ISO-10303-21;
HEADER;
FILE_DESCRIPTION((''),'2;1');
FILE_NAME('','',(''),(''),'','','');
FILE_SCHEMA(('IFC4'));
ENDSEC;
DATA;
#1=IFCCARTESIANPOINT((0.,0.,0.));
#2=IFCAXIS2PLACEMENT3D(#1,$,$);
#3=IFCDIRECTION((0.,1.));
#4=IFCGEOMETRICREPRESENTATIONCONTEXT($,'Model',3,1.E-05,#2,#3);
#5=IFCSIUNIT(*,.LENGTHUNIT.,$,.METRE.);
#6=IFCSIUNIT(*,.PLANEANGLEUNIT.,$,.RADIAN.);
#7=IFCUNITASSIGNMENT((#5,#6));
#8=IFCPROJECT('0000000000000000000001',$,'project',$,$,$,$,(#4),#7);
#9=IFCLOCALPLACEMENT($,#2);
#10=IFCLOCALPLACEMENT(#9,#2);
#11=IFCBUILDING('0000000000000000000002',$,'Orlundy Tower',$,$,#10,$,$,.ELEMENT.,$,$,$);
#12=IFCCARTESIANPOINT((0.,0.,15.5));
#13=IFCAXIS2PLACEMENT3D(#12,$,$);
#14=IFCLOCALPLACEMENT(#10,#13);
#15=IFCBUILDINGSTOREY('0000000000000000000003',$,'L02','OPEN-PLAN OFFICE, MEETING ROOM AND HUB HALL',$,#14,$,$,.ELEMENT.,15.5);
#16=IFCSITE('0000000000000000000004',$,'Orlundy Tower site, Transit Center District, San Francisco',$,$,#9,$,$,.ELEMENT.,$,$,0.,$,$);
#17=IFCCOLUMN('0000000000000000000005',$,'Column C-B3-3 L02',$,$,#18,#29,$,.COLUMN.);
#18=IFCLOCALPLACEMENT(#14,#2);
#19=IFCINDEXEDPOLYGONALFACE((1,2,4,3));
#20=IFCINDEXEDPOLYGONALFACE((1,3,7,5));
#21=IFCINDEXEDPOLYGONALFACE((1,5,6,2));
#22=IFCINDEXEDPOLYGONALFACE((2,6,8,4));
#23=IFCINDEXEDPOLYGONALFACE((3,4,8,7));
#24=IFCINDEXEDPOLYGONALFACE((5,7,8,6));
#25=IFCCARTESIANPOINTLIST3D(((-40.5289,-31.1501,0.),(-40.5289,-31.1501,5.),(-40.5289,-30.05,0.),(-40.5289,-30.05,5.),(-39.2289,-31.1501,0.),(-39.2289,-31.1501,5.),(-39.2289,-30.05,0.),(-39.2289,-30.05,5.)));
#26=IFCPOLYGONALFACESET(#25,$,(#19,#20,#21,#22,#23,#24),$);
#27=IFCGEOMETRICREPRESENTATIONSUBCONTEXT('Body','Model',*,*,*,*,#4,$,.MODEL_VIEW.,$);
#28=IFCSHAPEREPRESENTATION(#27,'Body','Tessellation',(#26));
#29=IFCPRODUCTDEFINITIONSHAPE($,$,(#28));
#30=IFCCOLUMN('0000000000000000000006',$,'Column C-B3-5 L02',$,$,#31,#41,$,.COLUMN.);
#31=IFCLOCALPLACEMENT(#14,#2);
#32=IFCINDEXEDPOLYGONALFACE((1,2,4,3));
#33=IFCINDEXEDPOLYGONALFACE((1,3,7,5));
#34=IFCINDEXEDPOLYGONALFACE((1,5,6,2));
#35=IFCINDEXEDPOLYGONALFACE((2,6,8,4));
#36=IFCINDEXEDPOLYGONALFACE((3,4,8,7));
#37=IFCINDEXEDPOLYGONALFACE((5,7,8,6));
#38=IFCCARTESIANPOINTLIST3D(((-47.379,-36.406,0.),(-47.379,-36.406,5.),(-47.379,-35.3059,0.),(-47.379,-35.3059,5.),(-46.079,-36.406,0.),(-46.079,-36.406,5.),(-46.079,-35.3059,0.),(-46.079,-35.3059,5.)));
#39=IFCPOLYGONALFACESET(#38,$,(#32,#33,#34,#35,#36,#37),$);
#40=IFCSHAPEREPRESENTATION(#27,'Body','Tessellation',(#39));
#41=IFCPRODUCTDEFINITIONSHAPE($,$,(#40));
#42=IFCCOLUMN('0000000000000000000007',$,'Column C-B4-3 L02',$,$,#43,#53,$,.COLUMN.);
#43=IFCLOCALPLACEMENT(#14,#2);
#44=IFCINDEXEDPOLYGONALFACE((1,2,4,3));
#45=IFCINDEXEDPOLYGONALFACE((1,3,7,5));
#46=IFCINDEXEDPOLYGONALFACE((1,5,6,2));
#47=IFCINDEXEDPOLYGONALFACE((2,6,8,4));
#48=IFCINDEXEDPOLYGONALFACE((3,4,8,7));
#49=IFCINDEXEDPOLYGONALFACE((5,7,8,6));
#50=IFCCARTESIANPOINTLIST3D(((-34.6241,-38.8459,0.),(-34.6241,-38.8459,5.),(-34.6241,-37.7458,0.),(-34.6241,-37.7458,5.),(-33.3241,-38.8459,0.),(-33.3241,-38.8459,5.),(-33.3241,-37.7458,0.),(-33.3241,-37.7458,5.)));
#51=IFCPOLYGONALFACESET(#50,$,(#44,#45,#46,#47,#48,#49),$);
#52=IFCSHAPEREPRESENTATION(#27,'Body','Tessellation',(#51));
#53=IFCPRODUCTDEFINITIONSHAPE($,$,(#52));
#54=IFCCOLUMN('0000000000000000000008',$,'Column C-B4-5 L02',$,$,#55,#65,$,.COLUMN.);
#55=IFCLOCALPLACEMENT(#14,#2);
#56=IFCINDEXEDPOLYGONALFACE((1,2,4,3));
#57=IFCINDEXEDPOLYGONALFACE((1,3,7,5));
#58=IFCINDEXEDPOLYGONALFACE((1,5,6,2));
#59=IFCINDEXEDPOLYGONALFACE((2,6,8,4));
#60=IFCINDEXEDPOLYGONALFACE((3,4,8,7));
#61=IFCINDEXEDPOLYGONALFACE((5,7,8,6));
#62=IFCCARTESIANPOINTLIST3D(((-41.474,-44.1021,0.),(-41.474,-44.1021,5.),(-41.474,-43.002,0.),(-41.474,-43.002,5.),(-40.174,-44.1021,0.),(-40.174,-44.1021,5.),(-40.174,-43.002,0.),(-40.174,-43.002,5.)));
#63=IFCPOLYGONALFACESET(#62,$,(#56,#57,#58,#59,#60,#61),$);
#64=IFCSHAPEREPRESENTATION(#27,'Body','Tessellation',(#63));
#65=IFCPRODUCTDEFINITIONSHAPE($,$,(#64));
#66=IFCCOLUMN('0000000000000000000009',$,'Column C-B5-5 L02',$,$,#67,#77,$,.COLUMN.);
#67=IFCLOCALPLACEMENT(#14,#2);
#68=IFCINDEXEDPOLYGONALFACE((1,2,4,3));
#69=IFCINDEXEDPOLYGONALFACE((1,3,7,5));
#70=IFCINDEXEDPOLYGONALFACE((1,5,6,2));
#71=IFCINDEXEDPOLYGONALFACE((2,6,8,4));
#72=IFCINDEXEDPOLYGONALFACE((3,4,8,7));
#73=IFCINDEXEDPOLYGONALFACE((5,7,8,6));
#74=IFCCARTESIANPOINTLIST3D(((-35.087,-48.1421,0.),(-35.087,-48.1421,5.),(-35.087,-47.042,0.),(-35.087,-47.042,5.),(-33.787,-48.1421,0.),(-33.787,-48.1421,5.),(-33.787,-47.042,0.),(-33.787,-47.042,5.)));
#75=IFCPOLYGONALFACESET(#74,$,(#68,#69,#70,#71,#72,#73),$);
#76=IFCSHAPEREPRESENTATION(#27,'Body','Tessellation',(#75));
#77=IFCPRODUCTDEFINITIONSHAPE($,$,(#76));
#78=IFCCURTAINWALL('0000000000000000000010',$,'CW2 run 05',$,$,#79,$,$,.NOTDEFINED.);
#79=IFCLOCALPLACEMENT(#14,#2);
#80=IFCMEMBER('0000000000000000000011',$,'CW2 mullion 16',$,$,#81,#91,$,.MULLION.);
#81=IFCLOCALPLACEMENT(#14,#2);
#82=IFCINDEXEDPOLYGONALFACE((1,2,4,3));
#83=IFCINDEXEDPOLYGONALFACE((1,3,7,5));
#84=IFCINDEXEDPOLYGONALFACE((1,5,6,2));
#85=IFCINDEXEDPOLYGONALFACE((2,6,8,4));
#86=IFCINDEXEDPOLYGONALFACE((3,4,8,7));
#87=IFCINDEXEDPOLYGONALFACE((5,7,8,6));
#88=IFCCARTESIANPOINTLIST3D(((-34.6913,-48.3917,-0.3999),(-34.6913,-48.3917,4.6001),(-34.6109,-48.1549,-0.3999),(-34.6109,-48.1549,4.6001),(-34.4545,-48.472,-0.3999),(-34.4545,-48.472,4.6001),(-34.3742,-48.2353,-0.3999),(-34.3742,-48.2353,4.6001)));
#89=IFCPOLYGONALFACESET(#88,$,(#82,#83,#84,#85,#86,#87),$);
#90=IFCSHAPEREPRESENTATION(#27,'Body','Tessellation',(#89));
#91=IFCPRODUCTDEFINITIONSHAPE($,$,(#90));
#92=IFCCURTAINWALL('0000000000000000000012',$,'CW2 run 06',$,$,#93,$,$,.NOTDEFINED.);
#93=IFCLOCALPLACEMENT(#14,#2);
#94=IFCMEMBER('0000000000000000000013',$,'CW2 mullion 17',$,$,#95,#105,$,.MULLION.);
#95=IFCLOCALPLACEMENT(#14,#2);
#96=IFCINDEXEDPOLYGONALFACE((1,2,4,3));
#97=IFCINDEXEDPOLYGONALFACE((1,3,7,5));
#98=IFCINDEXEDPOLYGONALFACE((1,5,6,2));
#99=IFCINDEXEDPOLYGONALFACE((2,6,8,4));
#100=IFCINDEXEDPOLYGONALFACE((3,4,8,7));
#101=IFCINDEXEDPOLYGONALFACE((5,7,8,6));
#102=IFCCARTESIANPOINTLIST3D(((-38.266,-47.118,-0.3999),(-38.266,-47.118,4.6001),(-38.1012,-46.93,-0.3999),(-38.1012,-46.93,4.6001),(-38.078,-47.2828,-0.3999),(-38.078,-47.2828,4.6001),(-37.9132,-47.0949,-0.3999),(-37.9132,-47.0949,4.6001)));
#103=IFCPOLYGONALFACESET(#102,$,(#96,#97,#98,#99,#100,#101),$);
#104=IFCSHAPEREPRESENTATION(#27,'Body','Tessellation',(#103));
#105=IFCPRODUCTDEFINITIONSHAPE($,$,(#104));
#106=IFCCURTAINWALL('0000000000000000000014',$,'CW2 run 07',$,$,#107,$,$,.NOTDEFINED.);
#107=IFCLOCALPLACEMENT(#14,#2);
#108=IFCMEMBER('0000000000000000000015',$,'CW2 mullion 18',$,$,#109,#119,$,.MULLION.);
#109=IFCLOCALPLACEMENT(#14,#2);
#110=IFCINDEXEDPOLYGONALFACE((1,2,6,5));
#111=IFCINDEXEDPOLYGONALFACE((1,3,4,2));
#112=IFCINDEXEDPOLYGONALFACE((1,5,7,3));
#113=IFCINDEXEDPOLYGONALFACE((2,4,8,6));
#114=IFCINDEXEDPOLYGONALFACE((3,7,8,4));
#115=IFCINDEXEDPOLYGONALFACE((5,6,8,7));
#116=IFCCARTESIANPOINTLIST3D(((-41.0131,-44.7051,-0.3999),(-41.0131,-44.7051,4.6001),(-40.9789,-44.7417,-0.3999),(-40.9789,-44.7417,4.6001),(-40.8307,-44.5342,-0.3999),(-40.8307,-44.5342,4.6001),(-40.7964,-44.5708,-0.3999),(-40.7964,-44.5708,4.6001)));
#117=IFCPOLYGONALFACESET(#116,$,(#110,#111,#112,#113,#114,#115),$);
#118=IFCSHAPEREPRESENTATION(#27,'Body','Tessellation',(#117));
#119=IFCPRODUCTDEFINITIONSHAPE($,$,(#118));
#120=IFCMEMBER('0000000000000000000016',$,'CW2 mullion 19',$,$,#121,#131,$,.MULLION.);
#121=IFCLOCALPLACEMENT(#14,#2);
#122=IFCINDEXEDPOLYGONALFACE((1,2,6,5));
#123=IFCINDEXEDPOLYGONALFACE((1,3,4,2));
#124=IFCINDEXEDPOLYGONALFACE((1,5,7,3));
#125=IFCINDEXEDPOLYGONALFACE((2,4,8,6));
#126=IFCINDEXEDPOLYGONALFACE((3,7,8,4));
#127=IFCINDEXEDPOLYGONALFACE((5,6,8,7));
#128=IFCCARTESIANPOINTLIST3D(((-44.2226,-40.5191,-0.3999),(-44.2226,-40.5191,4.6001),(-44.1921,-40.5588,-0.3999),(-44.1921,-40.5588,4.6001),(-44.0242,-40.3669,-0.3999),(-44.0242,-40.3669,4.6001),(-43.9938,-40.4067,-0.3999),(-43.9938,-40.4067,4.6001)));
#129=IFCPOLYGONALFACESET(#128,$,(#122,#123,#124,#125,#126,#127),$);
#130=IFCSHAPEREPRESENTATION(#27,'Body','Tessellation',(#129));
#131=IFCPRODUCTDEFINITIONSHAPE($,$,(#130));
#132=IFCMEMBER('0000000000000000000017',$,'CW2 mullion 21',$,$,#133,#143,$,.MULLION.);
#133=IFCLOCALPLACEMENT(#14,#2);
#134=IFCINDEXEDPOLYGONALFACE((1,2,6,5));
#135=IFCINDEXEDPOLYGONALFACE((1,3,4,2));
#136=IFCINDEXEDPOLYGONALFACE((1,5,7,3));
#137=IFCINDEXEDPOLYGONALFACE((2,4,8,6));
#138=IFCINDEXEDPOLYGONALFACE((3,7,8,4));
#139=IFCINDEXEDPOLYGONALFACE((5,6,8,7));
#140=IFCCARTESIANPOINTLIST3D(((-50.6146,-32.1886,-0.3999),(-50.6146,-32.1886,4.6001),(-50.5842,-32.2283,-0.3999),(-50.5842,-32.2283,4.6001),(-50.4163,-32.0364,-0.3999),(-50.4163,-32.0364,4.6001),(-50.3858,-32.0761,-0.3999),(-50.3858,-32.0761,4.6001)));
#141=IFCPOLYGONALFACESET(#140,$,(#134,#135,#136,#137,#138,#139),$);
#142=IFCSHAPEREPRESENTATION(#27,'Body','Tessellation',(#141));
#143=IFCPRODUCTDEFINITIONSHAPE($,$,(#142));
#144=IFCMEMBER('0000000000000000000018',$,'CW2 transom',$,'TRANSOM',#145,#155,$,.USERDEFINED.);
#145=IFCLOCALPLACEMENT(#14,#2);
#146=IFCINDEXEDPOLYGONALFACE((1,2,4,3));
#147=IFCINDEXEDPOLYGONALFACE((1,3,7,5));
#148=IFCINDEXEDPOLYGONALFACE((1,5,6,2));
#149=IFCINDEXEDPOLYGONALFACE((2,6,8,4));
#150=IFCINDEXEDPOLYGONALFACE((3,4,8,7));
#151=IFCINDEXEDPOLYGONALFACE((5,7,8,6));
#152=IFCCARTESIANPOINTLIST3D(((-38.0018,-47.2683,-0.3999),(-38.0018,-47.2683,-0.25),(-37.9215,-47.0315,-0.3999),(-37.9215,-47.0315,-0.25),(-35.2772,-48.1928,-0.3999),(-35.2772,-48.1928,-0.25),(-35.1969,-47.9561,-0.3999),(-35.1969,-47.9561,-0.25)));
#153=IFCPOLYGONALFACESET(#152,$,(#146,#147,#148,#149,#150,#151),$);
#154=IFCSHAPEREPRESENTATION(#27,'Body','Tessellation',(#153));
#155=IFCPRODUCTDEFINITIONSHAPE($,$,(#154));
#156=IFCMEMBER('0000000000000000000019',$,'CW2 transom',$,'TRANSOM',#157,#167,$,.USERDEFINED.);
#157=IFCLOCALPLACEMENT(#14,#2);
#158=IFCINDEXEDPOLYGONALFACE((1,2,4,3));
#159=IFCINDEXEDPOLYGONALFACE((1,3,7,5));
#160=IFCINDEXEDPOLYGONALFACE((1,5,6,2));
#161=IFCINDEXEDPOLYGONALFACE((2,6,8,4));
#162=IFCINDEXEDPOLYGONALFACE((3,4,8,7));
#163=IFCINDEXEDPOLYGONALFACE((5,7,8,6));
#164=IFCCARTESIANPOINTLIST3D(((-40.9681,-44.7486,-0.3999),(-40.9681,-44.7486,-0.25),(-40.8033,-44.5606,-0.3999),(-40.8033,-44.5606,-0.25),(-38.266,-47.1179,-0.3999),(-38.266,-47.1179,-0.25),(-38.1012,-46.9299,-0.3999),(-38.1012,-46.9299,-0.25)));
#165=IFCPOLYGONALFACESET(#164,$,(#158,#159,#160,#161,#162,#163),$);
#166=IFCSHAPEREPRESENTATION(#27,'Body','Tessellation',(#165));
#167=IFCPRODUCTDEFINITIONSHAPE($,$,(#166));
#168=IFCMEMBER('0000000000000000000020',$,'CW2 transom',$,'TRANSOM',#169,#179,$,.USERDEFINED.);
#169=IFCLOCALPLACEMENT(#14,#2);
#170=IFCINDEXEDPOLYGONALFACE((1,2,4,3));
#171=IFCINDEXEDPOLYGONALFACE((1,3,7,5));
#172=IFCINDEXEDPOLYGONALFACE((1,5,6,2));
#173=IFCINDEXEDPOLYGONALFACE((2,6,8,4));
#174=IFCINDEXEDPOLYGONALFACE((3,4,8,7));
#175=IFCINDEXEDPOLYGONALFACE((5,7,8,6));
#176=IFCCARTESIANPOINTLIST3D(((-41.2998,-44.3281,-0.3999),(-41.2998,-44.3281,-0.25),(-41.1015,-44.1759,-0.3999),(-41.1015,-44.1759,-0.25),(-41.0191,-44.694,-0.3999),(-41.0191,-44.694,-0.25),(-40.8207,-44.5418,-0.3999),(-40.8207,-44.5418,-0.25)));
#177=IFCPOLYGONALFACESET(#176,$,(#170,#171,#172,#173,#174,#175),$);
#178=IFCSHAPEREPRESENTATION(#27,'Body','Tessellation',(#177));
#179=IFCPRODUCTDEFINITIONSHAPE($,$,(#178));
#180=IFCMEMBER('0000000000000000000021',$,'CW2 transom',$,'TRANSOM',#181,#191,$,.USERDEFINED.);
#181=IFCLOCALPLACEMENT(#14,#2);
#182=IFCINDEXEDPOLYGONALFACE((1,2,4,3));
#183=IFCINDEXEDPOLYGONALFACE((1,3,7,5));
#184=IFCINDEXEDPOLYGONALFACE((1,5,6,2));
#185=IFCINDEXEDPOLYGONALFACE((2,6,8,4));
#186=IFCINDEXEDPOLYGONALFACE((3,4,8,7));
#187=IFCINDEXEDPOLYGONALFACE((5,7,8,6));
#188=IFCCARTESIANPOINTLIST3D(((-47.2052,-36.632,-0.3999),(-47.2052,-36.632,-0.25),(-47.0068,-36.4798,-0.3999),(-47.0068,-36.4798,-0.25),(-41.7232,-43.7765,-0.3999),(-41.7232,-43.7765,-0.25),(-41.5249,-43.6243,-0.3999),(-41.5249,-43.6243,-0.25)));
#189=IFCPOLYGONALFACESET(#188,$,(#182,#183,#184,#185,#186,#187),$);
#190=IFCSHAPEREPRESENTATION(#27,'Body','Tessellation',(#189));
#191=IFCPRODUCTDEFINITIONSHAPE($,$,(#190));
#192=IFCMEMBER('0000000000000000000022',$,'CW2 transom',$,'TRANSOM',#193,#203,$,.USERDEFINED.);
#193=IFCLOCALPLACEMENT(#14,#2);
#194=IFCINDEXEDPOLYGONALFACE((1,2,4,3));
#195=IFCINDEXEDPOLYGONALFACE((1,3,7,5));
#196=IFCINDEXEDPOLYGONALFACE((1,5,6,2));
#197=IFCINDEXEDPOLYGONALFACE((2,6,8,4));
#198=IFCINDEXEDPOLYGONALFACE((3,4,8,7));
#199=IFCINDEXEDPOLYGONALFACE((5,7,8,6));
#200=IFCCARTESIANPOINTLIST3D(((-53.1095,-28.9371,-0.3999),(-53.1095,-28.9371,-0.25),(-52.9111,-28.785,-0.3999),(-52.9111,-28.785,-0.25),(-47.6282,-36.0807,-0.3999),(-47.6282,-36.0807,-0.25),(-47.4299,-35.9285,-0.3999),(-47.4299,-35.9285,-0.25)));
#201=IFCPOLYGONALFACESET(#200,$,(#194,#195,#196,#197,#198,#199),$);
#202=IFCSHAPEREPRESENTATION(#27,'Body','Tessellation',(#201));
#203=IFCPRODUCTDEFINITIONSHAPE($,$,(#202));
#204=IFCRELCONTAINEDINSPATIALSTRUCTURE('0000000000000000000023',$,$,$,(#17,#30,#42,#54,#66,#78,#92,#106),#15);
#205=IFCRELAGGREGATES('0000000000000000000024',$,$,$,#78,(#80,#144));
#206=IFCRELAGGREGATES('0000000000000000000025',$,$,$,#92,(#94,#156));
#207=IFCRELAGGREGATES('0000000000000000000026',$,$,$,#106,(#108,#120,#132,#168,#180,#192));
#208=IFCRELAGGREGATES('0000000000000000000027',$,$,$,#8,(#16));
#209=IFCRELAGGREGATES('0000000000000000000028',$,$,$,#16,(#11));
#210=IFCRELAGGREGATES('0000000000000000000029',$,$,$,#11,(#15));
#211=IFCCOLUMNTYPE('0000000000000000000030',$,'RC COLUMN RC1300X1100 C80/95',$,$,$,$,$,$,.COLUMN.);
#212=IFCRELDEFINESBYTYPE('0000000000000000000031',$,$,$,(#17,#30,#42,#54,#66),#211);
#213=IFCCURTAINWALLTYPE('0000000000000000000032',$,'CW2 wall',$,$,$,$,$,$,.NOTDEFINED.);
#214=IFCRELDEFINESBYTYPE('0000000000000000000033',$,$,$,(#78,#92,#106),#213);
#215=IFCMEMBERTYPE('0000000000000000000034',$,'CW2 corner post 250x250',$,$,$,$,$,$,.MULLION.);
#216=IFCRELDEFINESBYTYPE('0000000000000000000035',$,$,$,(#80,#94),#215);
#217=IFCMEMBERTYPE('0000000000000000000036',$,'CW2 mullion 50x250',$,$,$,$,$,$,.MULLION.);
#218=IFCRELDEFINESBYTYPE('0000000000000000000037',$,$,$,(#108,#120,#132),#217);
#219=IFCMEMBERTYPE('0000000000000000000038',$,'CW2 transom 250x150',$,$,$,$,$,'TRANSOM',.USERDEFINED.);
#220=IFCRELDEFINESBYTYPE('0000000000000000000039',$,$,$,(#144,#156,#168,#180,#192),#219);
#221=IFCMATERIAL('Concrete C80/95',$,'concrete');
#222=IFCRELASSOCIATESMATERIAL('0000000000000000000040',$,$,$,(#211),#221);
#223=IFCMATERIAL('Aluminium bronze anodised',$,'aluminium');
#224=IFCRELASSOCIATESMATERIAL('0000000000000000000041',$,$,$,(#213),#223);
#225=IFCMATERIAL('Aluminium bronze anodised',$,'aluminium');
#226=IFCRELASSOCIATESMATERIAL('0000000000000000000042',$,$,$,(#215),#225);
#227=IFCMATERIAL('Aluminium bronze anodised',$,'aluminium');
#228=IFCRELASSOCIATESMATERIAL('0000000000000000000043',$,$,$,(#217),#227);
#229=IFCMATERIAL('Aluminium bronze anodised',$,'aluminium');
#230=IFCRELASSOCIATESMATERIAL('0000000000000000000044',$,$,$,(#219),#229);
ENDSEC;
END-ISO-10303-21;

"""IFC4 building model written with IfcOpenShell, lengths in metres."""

from ifc_helpers import new_model, si_unit, direction, frame, origin, origin_2d, place, context, subcontext, project, spatial, rectangle, extrude, material, material_profile, profile_set, type_object, element, aggregate, save


model = new_model("IFC4")

# Units and contexts
model_context = context("Model", 3, precision=1e-05, world=origin(), true_north=direction((0.0, 1.0)))
body_context = subcontext(model_context, "Body", "Model", "MODEL_VIEW")
ifc_project = project(units=[si_unit("LENGTHUNIT", "METRE"), si_unit("PLANEANGLEUNIT", "RADIAN")], contexts=[model_context])

# Site, building, storey
site_placement = place(None, origin())
site = spatial("IfcSite", under=ifc_project, at=site_placement, Name="Orlundy Tower site, Transit Center District, San Francisco", CompositionType="ELEMENT", RefElevation=0.0)
building_placement = place(site_placement, origin())
building = spatial("IfcBuilding", under=site, at=building_placement, Name="Orlundy Tower", CompositionType="ELEMENT")
storey_placement = place(building_placement, frame((0.0, 0.0, 15.5)))
storey = spatial("IfcBuildingStorey", under=building, at=storey_placement, Name="L02", Description="OPEN-PLAN OFFICE, MEETING ROOM AND HUB HALL", CompositionType="ELEMENT", Elevation=15.5)

# Columns
ifc_material_1 = material(Name="Concrete C80/95", Category="concrete")
ifc_material_profile_1 = material_profile(ifc_material_1, rectangle(XDim=1.3, YDim=1.1001, at=origin_2d()), Name="RC1300X1100")
ifc_profile_set_1 = profile_set([ifc_material_profile_1], Name="Concrete C80/95")
column_type = type_object("IfcColumnType", Name="RC COLUMN RC1300X1100 C80/95", PredefinedType="COLUMN", material=ifc_profile_set_1)
for number, where, z_axis, x_axis, name in (
    (1, (-39.8789, -30.6001, 0.0), (0.0, 0.0, 1.0), (1.0, 0.0, 0.0), "Column C-B3-3 L02"),
    (2, (-46.729, -35.856, 0.0), (0.0, 0.0, 1.0), (1.0, 0.0, 0.0), "Column C-B3-5 L02"),
    (3, (-33.9741, -38.2959, 0.0), (0.0, 0.0, 1.0), (1.0, 0.0, 0.0), "Column C-B4-3 L02"),
    (4, (-40.824, -43.552, 0.0), (0.0, 0.0, 1.0), (1.0, 0.0, 0.0), "Column C-B4-5 L02"),
    (5, (-34.437, -47.592, 0.0), (0.0, 0.0, 1.0), (1.0, 0.0, 0.0), "Column C-B5-5 L02"),
):
    element("IfcColumn", number, at=place(storey_placement, frame(where, z_axis=z_axis, x_axis=x_axis)), inside=storey, type_object=column_type, Name=name, PredefinedType="COLUMN", context=body_context, shape_type="SweptSolid", body=[
        extrude(rectangle(XDim=1.3, YDim=1.1001, at=origin_2d()), origin(), (0.0, 0.0, 1.0), 5.0),
    ])

# Curtain walls, members
ifc_material_2 = material(Name="Aluminium bronze anodised", Category="aluminium")
curtain_wall_type = type_object("IfcCurtainWallType", Name="CW2 wall", PredefinedType="NOTDEFINED", material=ifc_material_2)
curtain_wall_1_placement = place(storey_placement, origin())
curtain_wall_1 = element("IfcCurtainWall", 6, at=curtain_wall_1_placement, inside=storey, type_object=curtain_wall_type, Name="CW2 run 05", PredefinedType="NOTDEFINED")
ifc_material_3 = material(Name="Aluminium bronze anodised", Category="aluminium")
ifc_material_profile_2 = material_profile(ifc_material_3, rectangle(XDim=0.25, YDim=0.25, at=origin_2d()), Name="CW2 corner post 250x250")
ifc_profile_set_2 = profile_set([ifc_material_profile_2], Name="Aluminium bronze anodised")
member_type_1 = type_object("IfcMemberType", Name="CW2 corner post 250x250", PredefinedType="MULLION", material=ifc_profile_set_2)
member_1_placement = place(storey_placement, frame((-34.5327, -48.3135, -0.3999), z_axis=(0.0, 0.0, 1.0), x_axis=(-0.321322, -0.94697, 0.0)))
member_1 = element("IfcMember", 7, at=member_1_placement, type_object=member_type_1, Name="CW2 mullion 16", PredefinedType="MULLION", context=body_context, shape_type="SweptSolid", body=[
    extrude(rectangle(XDim=0.25, YDim=0.25, at=origin_2d()), origin(), (0.0, 0.0, 1.0), 5.0),
])
curtain_wall_2_placement = place(storey_placement, origin())
curtain_wall_2 = element("IfcCurtainWall", 8, at=curtain_wall_2_placement, inside=storey, type_object=curtain_wall_type, Name="CW2 run 06", PredefinedType="NOTDEFINED")
member_2_placement = place(storey_placement, frame((-38.0896, -47.1064, -0.3999), z_axis=(0.0, 0.0, 1.0), x_axis=(-0.659325, -0.751858, 0.0)))
member_2 = element("IfcMember", 9, at=member_2_placement, type_object=member_type_1, Name="CW2 mullion 17", PredefinedType="MULLION", context=body_context, shape_type="SweptSolid", body=[
    extrude(rectangle(XDim=0.25, YDim=0.25, at=origin_2d()), origin(), (0.0, 0.0, 1.0), 5.0),
])

# Curtain wall, members
curtain_wall_3_placement = place(storey_placement, origin())
curtain_wall_3 = element("IfcCurtainWall", 10, at=curtain_wall_3_placement, inside=storey, type_object=curtain_wall_type, Name="CW2 run 07", PredefinedType="NOTDEFINED")
ifc_material_4 = material(Name="Aluminium bronze anodised", Category="aluminium")
ifc_material_profile_3 = material_profile(ifc_material_4, rectangle(XDim=0.25, YDim=0.05, at=origin_2d()), Name="CW2 mullion 50x250")
ifc_profile_set_3 = profile_set([ifc_material_profile_3], Name="Aluminium bronze anodised")
member_type_2 = type_object("IfcMemberType", Name="CW2 mullion 50x250", PredefinedType="MULLION", material=ifc_profile_set_3)
member_3_placement = place(storey_placement, frame((-40.9048, -44.6379, -0.3999), z_axis=(0.0, 0.0, 1.0), x_axis=(-0.72986, -0.683596, 0.0)))
member_3 = element("IfcMember", 11, at=member_3_placement, type_object=member_type_2, Name="CW2 mullion 18", PredefinedType="MULLION", context=body_context, shape_type="SweptSolid", body=[
    extrude(rectangle(XDim=0.25, YDim=0.05, at=origin_2d()), origin(), (0.0, 0.0, 1.0), 5.0),
])
member_4_placement = place(storey_placement, frame((-44.1082, -40.4629, -0.3999), z_axis=(0.0, 0.0, 1.0), x_axis=(-0.793363, -0.608748, 0.0)))
member_4 = element("IfcMember", 12, at=member_4_placement, type_object=member_type_2, Name="CW2 mullion 19", PredefinedType="MULLION", context=body_context, shape_type="SweptSolid", body=[
    extrude(rectangle(XDim=0.25, YDim=0.05, at=origin_2d()), origin(), (0.0, 0.0, 1.0), 5.0),
])
member_5_placement = place(storey_placement, frame((-50.5002, -32.1323, -0.3999), z_axis=(0.0, 0.0, 1.0), x_axis=(-0.793363, -0.608748, 0.0)))
member_5 = element("IfcMember", 13, at=member_5_placement, type_object=member_type_2, Name="CW2 mullion 21", PredefinedType="MULLION", context=body_context, shape_type="SweptSolid", body=[
    extrude(rectangle(XDim=0.25, YDim=0.05, at=origin_2d()), origin(), (0.0, 0.0, 1.0), 5.0),
])

# Members
ifc_material_5 = material(Name="Aluminium bronze anodised", Category="aluminium")
ifc_material_profile_4 = material_profile(ifc_material_5, rectangle(XDim=0.25, YDim=0.1499, at=origin_2d()), Name="CW2 transom 250x150")
ifc_profile_set_4 = profile_set([ifc_material_profile_4], Name="Aluminium bronze anodised")
member_type_3 = type_object("IfcMemberType", Name="CW2 transom 250x150", ElementType="TRANSOM", PredefinedType="USERDEFINED", material=ifc_profile_set_4)
member_6_placement = place(storey_placement, frame((-35.2371, -48.0745, -0.325), z_axis=(-0.946964, 0.32134, 0.0), x_axis=(-0.32134, -0.946964, 0.0)))
member_6 = element("IfcMember", 14, at=member_6_placement, type_object=member_type_3, Name="CW2 transom", ObjectType="TRANSOM", PredefinedType="USERDEFINED", context=body_context, shape_type="SweptSolid", body=[
    extrude(rectangle(XDim=0.25, YDim=0.1499, at=origin_2d()), origin(), (0.0, 0.0, 1.0), 2.8772),
])
member_7_placement = place(storey_placement, frame((-38.1836, -47.0239, -0.325), z_axis=(-0.751886, 0.659293, 0.0), x_axis=(-0.659293, -0.751886, 0.0)))
member_7 = element("IfcMember", 15, at=member_7_placement, type_object=member_type_3, Name="CW2 transom", ObjectType="TRANSOM", PredefinedType="USERDEFINED", context=body_context, shape_type="SweptSolid", body=[
    extrude(rectangle(XDim=0.25, YDim=0.1499, at=origin_2d()), origin(), (0.0, 0.0, 1.0), 3.5938),
])
member_8_placement = place(storey_placement, frame((-40.9199, -44.6179, -0.325), z_axis=(-0.608687, 0.79341, 0.0), x_axis=(-0.79341, -0.608687, 0.0)))
member_8 = element("IfcMember", 16, at=member_8_placement, type_object=member_type_3, Name="CW2 transom", ObjectType="TRANSOM", PredefinedType="USERDEFINED", context=body_context, shape_type="SweptSolid", body=[
    extrude(rectangle(XDim=0.25, YDim=0.1499, at=origin_2d()), origin(), (0.0, 0.0, 1.0), 0.4612),
])
member_9_placement = place(storey_placement, frame((-41.624, -43.7004, -0.325), z_axis=(-0.608743, 0.793367, 0.0), x_axis=(-0.793367, -0.608743, 0.0)))
member_9 = element("IfcMember", 17, at=member_9_placement, type_object=member_type_3, Name="CW2 transom", ObjectType="TRANSOM", PredefinedType="USERDEFINED", context=body_context, shape_type="SweptSolid", body=[
    extrude(rectangle(XDim=0.25, YDim=0.1499, at=origin_2d()), origin(), (0.0, 0.0, 1.0), 9.0054),
])
member_10_placement = place(storey_placement, frame((-47.5291, -36.0046, -0.325), z_axis=(-0.608745, 0.793366, 0.0), x_axis=(-0.793366, -0.608745, 0.0)))
member_10 = element("IfcMember", 18, at=member_10_placement, type_object=member_type_3, Name="CW2 transom", ObjectType="TRANSOM", PredefinedType="USERDEFINED", context=body_context, shape_type="SweptSolid", body=[
    extrude(rectangle(XDim=0.25, YDim=0.1499, at=origin_2d()), origin(), (0.0, 0.0, 1.0), 9.0042),
])

aggregate(curtain_wall_1, [member_1, member_6])
aggregate(curtain_wall_2, [member_2, member_7])
aggregate(curtain_wall_3, [member_3, member_4, member_5, member_8, member_9, member_10])

save(model, "model.ifc")
